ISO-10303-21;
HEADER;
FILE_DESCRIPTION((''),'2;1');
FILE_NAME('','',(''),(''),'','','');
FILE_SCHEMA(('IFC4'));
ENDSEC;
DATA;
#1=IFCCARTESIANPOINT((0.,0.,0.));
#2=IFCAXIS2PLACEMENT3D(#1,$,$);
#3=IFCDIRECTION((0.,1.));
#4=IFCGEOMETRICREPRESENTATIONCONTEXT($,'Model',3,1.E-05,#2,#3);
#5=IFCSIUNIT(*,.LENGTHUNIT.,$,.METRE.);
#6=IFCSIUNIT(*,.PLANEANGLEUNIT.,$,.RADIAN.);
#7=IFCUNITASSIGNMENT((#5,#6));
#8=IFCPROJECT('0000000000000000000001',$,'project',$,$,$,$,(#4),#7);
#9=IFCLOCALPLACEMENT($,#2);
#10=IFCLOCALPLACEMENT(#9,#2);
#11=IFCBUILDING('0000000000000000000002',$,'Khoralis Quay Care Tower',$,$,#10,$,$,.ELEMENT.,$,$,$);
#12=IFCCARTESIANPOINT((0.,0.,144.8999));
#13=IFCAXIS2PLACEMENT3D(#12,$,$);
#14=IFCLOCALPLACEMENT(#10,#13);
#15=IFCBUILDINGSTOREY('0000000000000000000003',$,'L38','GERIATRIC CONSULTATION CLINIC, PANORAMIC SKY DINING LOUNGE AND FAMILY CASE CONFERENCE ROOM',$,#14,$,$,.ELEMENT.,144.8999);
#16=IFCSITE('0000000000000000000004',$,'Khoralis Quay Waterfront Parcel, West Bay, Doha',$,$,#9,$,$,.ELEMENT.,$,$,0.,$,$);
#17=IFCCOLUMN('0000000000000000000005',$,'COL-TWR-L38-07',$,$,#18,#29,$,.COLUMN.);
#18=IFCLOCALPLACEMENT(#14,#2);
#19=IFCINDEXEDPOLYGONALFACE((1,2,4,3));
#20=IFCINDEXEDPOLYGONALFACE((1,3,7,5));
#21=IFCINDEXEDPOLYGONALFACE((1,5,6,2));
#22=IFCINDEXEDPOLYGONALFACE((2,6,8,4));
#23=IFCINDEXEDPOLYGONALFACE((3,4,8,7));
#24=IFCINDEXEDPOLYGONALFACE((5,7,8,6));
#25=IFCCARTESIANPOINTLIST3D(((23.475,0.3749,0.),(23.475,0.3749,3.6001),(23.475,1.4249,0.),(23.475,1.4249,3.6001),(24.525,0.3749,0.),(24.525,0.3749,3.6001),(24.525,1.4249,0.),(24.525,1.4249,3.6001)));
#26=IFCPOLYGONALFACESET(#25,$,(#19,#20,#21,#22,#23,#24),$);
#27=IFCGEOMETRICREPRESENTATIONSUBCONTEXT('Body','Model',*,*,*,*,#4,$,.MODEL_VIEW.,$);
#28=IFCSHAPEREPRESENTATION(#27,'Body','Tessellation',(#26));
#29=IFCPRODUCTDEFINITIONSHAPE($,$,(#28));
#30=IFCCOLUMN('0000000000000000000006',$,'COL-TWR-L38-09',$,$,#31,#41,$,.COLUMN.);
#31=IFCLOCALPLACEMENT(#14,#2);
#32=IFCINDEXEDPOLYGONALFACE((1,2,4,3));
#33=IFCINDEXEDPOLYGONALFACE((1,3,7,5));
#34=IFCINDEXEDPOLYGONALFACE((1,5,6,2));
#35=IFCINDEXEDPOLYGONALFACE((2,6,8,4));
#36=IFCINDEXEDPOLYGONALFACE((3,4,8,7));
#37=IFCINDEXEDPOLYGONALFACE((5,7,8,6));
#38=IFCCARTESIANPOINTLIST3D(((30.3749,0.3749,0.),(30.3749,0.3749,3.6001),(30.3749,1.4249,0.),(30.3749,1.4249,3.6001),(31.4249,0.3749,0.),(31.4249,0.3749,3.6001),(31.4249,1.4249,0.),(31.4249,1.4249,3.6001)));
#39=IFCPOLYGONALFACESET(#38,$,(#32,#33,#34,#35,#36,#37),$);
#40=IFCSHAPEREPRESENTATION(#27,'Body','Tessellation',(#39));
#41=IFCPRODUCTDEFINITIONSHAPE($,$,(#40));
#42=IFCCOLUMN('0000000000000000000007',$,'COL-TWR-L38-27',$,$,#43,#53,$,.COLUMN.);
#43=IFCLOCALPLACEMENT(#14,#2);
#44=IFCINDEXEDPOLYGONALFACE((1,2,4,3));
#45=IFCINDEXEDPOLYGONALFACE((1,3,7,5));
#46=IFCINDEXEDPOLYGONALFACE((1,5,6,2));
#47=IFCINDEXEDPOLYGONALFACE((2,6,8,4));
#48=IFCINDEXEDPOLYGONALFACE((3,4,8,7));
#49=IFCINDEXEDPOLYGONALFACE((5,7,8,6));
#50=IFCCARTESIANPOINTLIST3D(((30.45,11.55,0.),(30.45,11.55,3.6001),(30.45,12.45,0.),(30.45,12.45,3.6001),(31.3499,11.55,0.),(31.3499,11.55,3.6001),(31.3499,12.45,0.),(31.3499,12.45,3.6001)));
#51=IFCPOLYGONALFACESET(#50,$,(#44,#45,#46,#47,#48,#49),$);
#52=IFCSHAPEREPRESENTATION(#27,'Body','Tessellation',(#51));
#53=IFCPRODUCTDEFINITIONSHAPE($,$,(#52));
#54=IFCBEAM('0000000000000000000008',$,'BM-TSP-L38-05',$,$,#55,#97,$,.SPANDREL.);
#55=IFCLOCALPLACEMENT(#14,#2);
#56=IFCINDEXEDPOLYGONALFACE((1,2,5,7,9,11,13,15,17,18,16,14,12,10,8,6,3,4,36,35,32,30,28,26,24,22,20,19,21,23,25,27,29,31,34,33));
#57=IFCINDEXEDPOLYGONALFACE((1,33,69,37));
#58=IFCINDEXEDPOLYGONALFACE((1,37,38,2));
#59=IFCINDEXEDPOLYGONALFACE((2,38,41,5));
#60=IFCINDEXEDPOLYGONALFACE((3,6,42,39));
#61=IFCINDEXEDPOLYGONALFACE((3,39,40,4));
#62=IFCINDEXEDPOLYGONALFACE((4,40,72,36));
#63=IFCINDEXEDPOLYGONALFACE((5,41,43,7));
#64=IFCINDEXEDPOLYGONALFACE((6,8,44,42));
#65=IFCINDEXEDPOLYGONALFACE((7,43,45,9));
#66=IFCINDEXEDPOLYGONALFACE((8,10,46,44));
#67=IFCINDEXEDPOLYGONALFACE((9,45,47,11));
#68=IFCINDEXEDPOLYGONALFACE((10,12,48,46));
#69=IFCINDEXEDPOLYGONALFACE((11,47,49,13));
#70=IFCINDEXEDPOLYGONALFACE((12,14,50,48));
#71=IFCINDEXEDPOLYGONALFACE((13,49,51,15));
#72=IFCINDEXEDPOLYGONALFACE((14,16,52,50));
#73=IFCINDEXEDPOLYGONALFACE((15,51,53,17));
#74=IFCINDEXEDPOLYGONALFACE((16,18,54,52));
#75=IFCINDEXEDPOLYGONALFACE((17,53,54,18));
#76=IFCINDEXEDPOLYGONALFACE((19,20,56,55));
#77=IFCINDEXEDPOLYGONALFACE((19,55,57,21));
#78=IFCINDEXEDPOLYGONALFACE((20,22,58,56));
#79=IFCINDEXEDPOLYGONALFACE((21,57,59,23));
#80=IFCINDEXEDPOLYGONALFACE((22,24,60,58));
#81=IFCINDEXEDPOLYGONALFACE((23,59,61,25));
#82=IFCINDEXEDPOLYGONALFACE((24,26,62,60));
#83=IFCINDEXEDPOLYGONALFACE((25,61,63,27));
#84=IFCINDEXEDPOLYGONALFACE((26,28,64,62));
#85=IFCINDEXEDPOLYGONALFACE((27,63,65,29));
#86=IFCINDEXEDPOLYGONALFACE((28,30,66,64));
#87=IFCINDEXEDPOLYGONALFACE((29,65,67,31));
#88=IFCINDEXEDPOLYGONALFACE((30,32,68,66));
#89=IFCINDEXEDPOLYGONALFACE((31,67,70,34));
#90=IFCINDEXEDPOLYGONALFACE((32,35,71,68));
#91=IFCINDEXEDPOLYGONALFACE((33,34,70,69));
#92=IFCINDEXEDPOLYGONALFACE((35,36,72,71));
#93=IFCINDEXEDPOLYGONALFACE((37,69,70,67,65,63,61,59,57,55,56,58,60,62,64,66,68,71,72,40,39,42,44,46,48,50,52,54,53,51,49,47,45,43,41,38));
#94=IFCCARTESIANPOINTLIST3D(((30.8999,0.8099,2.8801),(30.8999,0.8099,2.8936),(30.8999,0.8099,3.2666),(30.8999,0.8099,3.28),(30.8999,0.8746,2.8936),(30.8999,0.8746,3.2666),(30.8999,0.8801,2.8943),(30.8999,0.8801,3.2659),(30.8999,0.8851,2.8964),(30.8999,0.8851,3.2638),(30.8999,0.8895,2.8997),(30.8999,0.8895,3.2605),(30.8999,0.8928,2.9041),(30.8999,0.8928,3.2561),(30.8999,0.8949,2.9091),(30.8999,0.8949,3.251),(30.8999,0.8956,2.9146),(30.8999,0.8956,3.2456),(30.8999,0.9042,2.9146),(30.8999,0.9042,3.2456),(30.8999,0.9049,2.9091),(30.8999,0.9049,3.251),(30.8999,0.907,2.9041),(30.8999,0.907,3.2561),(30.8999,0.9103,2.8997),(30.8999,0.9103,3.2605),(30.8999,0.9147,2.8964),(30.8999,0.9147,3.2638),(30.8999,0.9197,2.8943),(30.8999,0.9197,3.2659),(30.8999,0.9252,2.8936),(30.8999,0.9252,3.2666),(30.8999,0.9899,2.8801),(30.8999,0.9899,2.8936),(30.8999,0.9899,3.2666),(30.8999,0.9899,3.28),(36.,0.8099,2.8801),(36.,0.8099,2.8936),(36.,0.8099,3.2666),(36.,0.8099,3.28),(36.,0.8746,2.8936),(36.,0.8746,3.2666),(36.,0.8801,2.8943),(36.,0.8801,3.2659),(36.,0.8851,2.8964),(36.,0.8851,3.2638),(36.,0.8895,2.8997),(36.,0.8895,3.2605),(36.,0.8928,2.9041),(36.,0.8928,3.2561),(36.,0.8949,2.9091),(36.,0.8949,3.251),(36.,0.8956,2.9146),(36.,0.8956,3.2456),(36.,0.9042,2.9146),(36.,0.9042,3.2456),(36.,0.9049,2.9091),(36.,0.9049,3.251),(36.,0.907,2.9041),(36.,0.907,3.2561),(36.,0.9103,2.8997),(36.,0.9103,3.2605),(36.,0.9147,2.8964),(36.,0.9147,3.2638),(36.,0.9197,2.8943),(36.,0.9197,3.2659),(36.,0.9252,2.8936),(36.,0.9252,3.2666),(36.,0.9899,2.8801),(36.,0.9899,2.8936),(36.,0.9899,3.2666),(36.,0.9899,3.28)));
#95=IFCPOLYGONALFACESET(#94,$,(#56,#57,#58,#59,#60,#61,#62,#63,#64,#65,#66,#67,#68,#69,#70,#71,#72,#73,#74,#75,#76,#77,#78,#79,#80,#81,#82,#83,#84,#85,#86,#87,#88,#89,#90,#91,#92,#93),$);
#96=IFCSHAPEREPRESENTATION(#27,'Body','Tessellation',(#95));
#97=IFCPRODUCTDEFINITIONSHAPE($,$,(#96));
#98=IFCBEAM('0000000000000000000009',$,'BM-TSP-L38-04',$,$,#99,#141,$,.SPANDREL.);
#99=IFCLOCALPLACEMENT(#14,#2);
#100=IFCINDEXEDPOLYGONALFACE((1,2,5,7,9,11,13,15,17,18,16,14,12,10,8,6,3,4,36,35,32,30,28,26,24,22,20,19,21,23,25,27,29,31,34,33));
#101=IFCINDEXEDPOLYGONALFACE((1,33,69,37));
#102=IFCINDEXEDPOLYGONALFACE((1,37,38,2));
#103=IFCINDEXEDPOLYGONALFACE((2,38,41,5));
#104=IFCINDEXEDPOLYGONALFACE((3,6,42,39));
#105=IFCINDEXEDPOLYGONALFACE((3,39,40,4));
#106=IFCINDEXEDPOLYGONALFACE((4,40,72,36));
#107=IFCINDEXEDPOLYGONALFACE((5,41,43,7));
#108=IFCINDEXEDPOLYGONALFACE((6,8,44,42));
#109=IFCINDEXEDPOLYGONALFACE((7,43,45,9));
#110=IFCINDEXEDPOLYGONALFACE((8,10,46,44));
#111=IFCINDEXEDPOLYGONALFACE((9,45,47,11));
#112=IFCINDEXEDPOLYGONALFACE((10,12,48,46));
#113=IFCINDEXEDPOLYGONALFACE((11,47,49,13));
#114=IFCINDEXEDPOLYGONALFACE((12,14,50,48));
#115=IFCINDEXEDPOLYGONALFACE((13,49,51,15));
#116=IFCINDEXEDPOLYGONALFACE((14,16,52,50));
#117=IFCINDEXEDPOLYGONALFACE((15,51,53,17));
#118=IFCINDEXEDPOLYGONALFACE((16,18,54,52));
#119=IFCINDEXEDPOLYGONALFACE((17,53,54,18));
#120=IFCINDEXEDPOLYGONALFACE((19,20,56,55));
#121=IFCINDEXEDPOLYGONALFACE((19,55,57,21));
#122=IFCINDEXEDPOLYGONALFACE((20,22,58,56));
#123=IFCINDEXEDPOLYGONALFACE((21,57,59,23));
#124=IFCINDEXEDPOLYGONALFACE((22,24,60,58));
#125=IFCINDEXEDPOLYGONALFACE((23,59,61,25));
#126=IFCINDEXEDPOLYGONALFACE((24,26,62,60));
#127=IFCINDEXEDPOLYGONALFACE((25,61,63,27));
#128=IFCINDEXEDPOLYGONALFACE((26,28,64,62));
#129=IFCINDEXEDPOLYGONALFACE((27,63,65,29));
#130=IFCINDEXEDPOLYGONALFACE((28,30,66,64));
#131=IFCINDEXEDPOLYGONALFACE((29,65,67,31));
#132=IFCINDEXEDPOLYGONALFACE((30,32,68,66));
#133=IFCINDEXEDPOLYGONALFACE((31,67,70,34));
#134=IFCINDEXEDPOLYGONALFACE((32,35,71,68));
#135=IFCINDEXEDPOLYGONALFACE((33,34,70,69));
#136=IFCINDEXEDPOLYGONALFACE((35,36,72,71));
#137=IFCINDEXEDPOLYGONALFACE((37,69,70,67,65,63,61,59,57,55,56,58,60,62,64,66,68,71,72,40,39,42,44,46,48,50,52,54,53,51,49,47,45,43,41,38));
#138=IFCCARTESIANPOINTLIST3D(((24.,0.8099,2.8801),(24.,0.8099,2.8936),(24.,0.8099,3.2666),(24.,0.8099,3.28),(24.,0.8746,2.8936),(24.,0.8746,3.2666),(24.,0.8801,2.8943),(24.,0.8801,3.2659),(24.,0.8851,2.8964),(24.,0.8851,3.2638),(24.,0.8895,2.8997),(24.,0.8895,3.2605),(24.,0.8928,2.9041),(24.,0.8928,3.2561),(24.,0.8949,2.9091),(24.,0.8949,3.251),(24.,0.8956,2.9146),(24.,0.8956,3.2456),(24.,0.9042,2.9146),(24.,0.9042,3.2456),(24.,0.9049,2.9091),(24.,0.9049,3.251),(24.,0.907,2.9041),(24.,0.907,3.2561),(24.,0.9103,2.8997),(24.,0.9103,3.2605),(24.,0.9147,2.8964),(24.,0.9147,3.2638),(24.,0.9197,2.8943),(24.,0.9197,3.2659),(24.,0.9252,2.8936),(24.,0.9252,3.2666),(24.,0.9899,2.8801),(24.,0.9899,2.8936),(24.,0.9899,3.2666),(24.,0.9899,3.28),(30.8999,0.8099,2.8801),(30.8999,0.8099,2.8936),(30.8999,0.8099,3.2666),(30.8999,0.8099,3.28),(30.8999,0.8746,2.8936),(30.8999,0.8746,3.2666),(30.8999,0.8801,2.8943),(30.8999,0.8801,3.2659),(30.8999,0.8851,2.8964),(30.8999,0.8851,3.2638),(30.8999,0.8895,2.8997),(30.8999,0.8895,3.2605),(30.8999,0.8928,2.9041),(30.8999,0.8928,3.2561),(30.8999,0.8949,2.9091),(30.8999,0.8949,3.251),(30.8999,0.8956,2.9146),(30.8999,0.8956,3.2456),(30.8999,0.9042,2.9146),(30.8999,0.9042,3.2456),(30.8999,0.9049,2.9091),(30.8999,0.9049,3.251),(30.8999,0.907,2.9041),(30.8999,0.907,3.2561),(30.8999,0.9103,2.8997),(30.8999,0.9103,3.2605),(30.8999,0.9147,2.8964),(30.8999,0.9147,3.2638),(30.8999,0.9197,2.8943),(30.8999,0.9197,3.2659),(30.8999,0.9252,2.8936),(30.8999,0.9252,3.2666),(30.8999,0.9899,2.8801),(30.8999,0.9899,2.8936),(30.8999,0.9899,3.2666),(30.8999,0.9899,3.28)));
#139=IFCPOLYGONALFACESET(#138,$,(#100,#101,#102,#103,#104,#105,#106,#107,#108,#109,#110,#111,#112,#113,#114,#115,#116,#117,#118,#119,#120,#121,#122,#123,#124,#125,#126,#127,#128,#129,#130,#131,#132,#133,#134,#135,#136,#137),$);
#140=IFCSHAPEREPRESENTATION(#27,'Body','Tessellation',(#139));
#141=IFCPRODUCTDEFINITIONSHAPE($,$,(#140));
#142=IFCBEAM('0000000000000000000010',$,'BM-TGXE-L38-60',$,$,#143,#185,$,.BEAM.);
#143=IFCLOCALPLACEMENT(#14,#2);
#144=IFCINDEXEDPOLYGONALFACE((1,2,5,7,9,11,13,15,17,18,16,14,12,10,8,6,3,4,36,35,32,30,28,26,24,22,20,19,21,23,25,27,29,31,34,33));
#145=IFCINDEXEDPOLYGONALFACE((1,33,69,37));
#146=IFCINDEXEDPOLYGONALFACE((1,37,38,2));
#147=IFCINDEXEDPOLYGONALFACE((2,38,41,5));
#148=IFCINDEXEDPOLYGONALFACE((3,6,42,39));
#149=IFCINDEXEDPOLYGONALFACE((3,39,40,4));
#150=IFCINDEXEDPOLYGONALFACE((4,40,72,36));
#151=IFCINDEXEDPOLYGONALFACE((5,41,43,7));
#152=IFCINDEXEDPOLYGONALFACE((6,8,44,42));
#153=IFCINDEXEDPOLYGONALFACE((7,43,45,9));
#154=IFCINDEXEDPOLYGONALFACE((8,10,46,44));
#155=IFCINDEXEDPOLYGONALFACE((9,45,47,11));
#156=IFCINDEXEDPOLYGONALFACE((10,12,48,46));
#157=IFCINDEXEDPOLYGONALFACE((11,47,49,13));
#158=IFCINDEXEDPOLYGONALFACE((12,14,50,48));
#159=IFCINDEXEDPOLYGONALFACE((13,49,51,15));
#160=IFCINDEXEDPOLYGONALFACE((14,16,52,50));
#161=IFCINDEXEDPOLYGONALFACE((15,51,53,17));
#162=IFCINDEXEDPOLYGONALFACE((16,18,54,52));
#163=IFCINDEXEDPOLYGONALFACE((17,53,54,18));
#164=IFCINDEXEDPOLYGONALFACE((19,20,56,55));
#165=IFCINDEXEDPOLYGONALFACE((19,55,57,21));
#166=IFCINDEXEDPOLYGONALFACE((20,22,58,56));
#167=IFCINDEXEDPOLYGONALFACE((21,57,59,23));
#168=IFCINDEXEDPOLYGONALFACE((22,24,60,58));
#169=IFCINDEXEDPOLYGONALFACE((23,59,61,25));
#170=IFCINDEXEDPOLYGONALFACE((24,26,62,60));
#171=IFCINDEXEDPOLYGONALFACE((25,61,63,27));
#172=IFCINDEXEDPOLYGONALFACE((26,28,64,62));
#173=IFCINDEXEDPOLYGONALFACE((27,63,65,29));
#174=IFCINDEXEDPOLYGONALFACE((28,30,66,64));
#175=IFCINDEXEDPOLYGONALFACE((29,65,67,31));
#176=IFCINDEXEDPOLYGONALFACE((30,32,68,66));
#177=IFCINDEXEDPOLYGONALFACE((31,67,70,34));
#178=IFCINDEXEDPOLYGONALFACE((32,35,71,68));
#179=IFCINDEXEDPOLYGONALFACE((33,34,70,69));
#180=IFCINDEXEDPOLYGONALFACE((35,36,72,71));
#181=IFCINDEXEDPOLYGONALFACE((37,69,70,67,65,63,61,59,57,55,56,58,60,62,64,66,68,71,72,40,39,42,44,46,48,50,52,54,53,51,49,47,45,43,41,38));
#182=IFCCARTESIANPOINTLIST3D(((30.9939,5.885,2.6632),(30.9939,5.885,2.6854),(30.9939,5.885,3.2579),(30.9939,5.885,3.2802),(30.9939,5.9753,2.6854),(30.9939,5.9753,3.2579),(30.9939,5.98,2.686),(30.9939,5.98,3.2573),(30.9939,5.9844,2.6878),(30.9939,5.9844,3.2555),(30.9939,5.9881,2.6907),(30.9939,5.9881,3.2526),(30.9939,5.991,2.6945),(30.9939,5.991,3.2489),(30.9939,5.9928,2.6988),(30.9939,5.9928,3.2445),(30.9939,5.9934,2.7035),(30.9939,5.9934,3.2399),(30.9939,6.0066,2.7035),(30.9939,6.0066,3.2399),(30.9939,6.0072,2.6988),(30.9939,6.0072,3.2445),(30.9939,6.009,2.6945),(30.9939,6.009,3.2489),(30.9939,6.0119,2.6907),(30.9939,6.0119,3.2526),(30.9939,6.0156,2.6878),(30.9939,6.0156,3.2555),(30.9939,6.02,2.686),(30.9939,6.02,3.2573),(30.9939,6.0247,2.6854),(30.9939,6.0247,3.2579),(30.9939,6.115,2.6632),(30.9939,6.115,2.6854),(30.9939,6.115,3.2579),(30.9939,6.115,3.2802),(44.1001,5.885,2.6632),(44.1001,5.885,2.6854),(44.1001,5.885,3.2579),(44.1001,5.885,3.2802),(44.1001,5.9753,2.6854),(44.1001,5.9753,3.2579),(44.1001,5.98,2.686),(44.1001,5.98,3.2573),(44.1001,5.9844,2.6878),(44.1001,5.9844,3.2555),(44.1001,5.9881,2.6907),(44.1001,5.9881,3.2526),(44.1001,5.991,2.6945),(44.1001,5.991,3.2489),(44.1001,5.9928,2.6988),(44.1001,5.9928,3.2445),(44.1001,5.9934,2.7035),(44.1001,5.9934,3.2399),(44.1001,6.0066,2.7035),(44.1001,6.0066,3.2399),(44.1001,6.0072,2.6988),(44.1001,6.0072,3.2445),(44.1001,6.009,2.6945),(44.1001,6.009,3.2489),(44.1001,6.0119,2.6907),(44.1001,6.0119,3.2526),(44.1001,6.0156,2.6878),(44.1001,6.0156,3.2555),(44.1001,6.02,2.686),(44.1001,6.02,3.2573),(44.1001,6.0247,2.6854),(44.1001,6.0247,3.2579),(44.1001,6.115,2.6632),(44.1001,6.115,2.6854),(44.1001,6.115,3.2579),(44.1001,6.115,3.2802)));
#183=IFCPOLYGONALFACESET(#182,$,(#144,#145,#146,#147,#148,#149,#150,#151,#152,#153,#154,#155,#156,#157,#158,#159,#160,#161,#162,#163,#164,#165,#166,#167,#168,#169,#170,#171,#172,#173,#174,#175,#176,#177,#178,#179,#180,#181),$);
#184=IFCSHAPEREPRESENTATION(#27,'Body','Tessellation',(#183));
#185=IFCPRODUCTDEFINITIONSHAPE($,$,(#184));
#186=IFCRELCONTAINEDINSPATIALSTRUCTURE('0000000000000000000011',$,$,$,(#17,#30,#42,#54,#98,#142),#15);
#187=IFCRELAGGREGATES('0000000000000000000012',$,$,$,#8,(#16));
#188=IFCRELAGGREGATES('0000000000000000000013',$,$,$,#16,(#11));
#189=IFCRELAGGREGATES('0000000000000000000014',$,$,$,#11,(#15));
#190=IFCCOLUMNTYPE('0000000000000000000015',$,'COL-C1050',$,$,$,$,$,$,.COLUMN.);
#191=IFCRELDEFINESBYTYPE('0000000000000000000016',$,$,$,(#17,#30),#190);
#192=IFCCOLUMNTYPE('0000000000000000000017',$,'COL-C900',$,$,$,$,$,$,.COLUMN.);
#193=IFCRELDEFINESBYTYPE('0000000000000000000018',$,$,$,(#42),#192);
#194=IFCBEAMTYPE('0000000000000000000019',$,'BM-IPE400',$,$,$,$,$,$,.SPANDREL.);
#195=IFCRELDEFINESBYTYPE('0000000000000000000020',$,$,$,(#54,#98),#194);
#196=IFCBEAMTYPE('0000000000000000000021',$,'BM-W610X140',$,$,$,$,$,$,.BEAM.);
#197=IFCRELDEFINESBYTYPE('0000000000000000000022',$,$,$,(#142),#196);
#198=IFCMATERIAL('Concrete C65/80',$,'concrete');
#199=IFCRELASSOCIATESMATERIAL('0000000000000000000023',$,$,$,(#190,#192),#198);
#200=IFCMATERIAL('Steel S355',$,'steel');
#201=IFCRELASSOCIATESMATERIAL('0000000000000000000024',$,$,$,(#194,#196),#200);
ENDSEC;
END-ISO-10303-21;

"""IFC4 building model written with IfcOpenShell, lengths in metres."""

from ifc_helpers import new_model, si_unit, direction, frame, origin, origin_2d, place, context, subcontext, project, spatial, rectangle, i_section, extrude, source, transform, mapped, material, material_profile, profile_set, type_object, element, save


model = new_model("IFC4")

# Units and contexts
model_context = context("Model", 3, precision=1e-05, world=origin(), true_north=direction((0.0, 1.0)))
body_context = subcontext(model_context, "Body", "Model", "MODEL_VIEW")
ifc_project = project(units=[si_unit("LENGTHUNIT", "METRE"), si_unit("PLANEANGLEUNIT", "RADIAN")], contexts=[model_context])

# Site, building, storey
site_placement = place(None, origin())
site = spatial("IfcSite", under=ifc_project, at=site_placement, Name="Khoralis Quay Waterfront Parcel, West Bay, Doha", CompositionType="ELEMENT", RefElevation=0.0)
building_placement = place(site_placement, origin())
building = spatial("IfcBuilding", under=site, at=building_placement, Name="Khoralis Quay Care Tower", CompositionType="ELEMENT")
storey_placement = place(building_placement, frame((0.0, 0.0, 144.8999)))
storey = spatial("IfcBuildingStorey", under=building, at=storey_placement, Name="L38", Description="GERIATRIC CONSULTATION CLINIC, PANORAMIC SKY DINING LOUNGE AND FAMILY CASE CONFERENCE ROOM", CompositionType="ELEMENT", Elevation=144.8999)

# Columns
ifc_material_1 = material(Name="Concrete C65/80", Category="concrete")
ifc_material_profile_1 = material_profile(ifc_material_1, rectangle(XDim=1.05, YDim=1.05, at=origin_2d()), Name="Concrete C65/80")
ifc_profile_set_1 = profile_set([ifc_material_profile_1], Name="Concrete C65/80")
column_type_1 = type_object("IfcColumnType", Name="COL-C1050", PredefinedType="COLUMN", material=ifc_profile_set_1)
shared_shape_1 = source(origin(), body_context, "Body", "SweptSolid", [
    extrude(rectangle(XDim=1.05, YDim=1.05, at=origin_2d()), origin(), (0.0, 0.0, 1.0), 3.6001),
])
for number, where, z_axis, x_axis, name in (
    (1, (24.0, 0.8999, 0.0), (0.0, 0.0, 1.0), (1.0, 0.0, 0.0), "COL-TWR-L38-07"),
    (2, (30.8999, 0.8999, 0.0), (0.0, 0.0, 1.0), (1.0, 0.0, 0.0), "COL-TWR-L38-09"),
):
    element("IfcColumn", number, at=place(storey_placement, frame(where, z_axis=z_axis, x_axis=x_axis)), inside=storey, type_object=column_type_1, Name=name, PredefinedType="COLUMN", context=body_context, shape_type="MappedRepresentation", body=[
        mapped(shared_shape_1, transform((0.0, 0.0, 0.0), scale=1.0)),
    ])
ifc_material_profile_2 = material_profile(ifc_material_1, rectangle(XDim=0.8999, YDim=0.8999, at=origin_2d()), Name="Concrete C65/80")
ifc_profile_set_2 = profile_set([ifc_material_profile_2], Name="Concrete C65/80")
column_type_2 = type_object("IfcColumnType", Name="COL-C900", PredefinedType="COLUMN", material=ifc_profile_set_2)
shared_shape_2 = source(origin(), body_context, "Body", "SweptSolid", [
    extrude(rectangle(XDim=0.8999, YDim=0.8999, at=origin_2d()), origin(), (0.0, 0.0, 1.0), 3.6001),
])
column_placement = place(storey_placement, frame((30.8999, 12.0, 0.0), z_axis=(0.0, 0.0, 1.0), x_axis=(1.0, 0.0, 0.0)))
element("IfcColumn", 3, at=column_placement, inside=storey, type_object=column_type_2, Name="COL-TWR-L38-27", PredefinedType="COLUMN", context=body_context, shape_type="MappedRepresentation", body=[
    mapped(shared_shape_2, transform((0.0, 0.0, 0.0), scale=1.0)),
])

# Beams
ifc_material_2 = material(Name="Steel S355", Category="steel")
ifc_material_profile_3 = material_profile(ifc_material_2, i_section(OverallWidth=0.1799, OverallDepth=0.3999, WebThickness=0.0085, FlangeThickness=0.0134, FilletRadius=0.021, at=origin_2d()), Name="Steel S355")
ifc_profile_set_3 = profile_set([ifc_material_profile_3], Name="Steel S355")
beam_type_1 = type_object("IfcBeamType", Name="BM-IPE400", PredefinedType="SPANDREL", material=ifc_profile_set_3)
shared_shape_3 = source(origin(), body_context, "Body", "SweptSolid", [
    extrude(i_section(OverallWidth=0.1799, OverallDepth=0.3999, WebThickness=0.0085, FlangeThickness=0.0134, FilletRadius=0.021, at=origin_2d()), origin(), (0.0, 0.0, 1.0), 5.1001),
])
beam_1_placement = place(storey_placement, frame((30.8999, 0.8999, 3.0801), z_axis=(1.0, 0.0, 0.0), x_axis=(0.0, 1.0, 0.0)))
element("IfcBeam", 4, at=beam_1_placement, inside=storey, type_object=beam_type_1, Name="BM-TSP-L38-05", PredefinedType="SPANDREL", context=body_context, shape_type="MappedRepresentation", body=[
    mapped(shared_shape_3, transform((0.0, 0.0, 0.0), scale=1.0)),
])
shared_shape_4 = source(origin(), body_context, "Body", "SweptSolid", [
    extrude(i_section(OverallWidth=0.1799, OverallDepth=0.3999, WebThickness=0.0085, FlangeThickness=0.0134, FilletRadius=0.021, at=origin_2d()), origin(), (0.0, 0.0, 1.0), 6.8999),
])
beam_2_placement = place(storey_placement, frame((24.0, 0.8999, 3.0801), z_axis=(1.0, 0.0, 0.0), x_axis=(0.0, 1.0, 0.0)))
element("IfcBeam", 5, at=beam_2_placement, inside=storey, type_object=beam_type_1, Name="BM-TSP-L38-04", PredefinedType="SPANDREL", context=body_context, shape_type="MappedRepresentation", body=[
    mapped(shared_shape_4, transform((0.0, 0.0, 0.0), scale=1.0)),
])
ifc_material_profile_4 = material_profile(ifc_material_2, i_section(OverallWidth=0.23, OverallDepth=0.6169, WebThickness=0.0132, FlangeThickness=0.0222, FilletRadius=0.0181, at=origin_2d()), Name="Steel S355")
ifc_profile_set_4 = profile_set([ifc_material_profile_4], Name="Steel S355")
beam_type_2 = type_object("IfcBeamType", Name="BM-W610X140", PredefinedType="BEAM", material=ifc_profile_set_4)
shared_shape_5 = source(origin(), body_context, "Body", "SweptSolid", [
    extrude(i_section(OverallWidth=0.23, OverallDepth=0.6169, WebThickness=0.0132, FlangeThickness=0.0222, FilletRadius=0.0181, at=origin_2d()), origin(), (0.0, 0.0, 1.0), 13.1062),
])
beam_3_placement = place(storey_placement, frame((30.9939, 6.0, 2.9717), z_axis=(1.0, 0.0, 0.0), x_axis=(0.0, 1.0, 0.0)))
element("IfcBeam", 6, at=beam_3_placement, inside=storey, type_object=beam_type_2, Name="BM-TGXE-L38-60", PredefinedType="BEAM", context=body_context, shape_type="MappedRepresentation", body=[
    mapped(shared_shape_5, transform((0.0, 0.0, 0.0), scale=1.0)),
])

save(model, "model.ifc")
